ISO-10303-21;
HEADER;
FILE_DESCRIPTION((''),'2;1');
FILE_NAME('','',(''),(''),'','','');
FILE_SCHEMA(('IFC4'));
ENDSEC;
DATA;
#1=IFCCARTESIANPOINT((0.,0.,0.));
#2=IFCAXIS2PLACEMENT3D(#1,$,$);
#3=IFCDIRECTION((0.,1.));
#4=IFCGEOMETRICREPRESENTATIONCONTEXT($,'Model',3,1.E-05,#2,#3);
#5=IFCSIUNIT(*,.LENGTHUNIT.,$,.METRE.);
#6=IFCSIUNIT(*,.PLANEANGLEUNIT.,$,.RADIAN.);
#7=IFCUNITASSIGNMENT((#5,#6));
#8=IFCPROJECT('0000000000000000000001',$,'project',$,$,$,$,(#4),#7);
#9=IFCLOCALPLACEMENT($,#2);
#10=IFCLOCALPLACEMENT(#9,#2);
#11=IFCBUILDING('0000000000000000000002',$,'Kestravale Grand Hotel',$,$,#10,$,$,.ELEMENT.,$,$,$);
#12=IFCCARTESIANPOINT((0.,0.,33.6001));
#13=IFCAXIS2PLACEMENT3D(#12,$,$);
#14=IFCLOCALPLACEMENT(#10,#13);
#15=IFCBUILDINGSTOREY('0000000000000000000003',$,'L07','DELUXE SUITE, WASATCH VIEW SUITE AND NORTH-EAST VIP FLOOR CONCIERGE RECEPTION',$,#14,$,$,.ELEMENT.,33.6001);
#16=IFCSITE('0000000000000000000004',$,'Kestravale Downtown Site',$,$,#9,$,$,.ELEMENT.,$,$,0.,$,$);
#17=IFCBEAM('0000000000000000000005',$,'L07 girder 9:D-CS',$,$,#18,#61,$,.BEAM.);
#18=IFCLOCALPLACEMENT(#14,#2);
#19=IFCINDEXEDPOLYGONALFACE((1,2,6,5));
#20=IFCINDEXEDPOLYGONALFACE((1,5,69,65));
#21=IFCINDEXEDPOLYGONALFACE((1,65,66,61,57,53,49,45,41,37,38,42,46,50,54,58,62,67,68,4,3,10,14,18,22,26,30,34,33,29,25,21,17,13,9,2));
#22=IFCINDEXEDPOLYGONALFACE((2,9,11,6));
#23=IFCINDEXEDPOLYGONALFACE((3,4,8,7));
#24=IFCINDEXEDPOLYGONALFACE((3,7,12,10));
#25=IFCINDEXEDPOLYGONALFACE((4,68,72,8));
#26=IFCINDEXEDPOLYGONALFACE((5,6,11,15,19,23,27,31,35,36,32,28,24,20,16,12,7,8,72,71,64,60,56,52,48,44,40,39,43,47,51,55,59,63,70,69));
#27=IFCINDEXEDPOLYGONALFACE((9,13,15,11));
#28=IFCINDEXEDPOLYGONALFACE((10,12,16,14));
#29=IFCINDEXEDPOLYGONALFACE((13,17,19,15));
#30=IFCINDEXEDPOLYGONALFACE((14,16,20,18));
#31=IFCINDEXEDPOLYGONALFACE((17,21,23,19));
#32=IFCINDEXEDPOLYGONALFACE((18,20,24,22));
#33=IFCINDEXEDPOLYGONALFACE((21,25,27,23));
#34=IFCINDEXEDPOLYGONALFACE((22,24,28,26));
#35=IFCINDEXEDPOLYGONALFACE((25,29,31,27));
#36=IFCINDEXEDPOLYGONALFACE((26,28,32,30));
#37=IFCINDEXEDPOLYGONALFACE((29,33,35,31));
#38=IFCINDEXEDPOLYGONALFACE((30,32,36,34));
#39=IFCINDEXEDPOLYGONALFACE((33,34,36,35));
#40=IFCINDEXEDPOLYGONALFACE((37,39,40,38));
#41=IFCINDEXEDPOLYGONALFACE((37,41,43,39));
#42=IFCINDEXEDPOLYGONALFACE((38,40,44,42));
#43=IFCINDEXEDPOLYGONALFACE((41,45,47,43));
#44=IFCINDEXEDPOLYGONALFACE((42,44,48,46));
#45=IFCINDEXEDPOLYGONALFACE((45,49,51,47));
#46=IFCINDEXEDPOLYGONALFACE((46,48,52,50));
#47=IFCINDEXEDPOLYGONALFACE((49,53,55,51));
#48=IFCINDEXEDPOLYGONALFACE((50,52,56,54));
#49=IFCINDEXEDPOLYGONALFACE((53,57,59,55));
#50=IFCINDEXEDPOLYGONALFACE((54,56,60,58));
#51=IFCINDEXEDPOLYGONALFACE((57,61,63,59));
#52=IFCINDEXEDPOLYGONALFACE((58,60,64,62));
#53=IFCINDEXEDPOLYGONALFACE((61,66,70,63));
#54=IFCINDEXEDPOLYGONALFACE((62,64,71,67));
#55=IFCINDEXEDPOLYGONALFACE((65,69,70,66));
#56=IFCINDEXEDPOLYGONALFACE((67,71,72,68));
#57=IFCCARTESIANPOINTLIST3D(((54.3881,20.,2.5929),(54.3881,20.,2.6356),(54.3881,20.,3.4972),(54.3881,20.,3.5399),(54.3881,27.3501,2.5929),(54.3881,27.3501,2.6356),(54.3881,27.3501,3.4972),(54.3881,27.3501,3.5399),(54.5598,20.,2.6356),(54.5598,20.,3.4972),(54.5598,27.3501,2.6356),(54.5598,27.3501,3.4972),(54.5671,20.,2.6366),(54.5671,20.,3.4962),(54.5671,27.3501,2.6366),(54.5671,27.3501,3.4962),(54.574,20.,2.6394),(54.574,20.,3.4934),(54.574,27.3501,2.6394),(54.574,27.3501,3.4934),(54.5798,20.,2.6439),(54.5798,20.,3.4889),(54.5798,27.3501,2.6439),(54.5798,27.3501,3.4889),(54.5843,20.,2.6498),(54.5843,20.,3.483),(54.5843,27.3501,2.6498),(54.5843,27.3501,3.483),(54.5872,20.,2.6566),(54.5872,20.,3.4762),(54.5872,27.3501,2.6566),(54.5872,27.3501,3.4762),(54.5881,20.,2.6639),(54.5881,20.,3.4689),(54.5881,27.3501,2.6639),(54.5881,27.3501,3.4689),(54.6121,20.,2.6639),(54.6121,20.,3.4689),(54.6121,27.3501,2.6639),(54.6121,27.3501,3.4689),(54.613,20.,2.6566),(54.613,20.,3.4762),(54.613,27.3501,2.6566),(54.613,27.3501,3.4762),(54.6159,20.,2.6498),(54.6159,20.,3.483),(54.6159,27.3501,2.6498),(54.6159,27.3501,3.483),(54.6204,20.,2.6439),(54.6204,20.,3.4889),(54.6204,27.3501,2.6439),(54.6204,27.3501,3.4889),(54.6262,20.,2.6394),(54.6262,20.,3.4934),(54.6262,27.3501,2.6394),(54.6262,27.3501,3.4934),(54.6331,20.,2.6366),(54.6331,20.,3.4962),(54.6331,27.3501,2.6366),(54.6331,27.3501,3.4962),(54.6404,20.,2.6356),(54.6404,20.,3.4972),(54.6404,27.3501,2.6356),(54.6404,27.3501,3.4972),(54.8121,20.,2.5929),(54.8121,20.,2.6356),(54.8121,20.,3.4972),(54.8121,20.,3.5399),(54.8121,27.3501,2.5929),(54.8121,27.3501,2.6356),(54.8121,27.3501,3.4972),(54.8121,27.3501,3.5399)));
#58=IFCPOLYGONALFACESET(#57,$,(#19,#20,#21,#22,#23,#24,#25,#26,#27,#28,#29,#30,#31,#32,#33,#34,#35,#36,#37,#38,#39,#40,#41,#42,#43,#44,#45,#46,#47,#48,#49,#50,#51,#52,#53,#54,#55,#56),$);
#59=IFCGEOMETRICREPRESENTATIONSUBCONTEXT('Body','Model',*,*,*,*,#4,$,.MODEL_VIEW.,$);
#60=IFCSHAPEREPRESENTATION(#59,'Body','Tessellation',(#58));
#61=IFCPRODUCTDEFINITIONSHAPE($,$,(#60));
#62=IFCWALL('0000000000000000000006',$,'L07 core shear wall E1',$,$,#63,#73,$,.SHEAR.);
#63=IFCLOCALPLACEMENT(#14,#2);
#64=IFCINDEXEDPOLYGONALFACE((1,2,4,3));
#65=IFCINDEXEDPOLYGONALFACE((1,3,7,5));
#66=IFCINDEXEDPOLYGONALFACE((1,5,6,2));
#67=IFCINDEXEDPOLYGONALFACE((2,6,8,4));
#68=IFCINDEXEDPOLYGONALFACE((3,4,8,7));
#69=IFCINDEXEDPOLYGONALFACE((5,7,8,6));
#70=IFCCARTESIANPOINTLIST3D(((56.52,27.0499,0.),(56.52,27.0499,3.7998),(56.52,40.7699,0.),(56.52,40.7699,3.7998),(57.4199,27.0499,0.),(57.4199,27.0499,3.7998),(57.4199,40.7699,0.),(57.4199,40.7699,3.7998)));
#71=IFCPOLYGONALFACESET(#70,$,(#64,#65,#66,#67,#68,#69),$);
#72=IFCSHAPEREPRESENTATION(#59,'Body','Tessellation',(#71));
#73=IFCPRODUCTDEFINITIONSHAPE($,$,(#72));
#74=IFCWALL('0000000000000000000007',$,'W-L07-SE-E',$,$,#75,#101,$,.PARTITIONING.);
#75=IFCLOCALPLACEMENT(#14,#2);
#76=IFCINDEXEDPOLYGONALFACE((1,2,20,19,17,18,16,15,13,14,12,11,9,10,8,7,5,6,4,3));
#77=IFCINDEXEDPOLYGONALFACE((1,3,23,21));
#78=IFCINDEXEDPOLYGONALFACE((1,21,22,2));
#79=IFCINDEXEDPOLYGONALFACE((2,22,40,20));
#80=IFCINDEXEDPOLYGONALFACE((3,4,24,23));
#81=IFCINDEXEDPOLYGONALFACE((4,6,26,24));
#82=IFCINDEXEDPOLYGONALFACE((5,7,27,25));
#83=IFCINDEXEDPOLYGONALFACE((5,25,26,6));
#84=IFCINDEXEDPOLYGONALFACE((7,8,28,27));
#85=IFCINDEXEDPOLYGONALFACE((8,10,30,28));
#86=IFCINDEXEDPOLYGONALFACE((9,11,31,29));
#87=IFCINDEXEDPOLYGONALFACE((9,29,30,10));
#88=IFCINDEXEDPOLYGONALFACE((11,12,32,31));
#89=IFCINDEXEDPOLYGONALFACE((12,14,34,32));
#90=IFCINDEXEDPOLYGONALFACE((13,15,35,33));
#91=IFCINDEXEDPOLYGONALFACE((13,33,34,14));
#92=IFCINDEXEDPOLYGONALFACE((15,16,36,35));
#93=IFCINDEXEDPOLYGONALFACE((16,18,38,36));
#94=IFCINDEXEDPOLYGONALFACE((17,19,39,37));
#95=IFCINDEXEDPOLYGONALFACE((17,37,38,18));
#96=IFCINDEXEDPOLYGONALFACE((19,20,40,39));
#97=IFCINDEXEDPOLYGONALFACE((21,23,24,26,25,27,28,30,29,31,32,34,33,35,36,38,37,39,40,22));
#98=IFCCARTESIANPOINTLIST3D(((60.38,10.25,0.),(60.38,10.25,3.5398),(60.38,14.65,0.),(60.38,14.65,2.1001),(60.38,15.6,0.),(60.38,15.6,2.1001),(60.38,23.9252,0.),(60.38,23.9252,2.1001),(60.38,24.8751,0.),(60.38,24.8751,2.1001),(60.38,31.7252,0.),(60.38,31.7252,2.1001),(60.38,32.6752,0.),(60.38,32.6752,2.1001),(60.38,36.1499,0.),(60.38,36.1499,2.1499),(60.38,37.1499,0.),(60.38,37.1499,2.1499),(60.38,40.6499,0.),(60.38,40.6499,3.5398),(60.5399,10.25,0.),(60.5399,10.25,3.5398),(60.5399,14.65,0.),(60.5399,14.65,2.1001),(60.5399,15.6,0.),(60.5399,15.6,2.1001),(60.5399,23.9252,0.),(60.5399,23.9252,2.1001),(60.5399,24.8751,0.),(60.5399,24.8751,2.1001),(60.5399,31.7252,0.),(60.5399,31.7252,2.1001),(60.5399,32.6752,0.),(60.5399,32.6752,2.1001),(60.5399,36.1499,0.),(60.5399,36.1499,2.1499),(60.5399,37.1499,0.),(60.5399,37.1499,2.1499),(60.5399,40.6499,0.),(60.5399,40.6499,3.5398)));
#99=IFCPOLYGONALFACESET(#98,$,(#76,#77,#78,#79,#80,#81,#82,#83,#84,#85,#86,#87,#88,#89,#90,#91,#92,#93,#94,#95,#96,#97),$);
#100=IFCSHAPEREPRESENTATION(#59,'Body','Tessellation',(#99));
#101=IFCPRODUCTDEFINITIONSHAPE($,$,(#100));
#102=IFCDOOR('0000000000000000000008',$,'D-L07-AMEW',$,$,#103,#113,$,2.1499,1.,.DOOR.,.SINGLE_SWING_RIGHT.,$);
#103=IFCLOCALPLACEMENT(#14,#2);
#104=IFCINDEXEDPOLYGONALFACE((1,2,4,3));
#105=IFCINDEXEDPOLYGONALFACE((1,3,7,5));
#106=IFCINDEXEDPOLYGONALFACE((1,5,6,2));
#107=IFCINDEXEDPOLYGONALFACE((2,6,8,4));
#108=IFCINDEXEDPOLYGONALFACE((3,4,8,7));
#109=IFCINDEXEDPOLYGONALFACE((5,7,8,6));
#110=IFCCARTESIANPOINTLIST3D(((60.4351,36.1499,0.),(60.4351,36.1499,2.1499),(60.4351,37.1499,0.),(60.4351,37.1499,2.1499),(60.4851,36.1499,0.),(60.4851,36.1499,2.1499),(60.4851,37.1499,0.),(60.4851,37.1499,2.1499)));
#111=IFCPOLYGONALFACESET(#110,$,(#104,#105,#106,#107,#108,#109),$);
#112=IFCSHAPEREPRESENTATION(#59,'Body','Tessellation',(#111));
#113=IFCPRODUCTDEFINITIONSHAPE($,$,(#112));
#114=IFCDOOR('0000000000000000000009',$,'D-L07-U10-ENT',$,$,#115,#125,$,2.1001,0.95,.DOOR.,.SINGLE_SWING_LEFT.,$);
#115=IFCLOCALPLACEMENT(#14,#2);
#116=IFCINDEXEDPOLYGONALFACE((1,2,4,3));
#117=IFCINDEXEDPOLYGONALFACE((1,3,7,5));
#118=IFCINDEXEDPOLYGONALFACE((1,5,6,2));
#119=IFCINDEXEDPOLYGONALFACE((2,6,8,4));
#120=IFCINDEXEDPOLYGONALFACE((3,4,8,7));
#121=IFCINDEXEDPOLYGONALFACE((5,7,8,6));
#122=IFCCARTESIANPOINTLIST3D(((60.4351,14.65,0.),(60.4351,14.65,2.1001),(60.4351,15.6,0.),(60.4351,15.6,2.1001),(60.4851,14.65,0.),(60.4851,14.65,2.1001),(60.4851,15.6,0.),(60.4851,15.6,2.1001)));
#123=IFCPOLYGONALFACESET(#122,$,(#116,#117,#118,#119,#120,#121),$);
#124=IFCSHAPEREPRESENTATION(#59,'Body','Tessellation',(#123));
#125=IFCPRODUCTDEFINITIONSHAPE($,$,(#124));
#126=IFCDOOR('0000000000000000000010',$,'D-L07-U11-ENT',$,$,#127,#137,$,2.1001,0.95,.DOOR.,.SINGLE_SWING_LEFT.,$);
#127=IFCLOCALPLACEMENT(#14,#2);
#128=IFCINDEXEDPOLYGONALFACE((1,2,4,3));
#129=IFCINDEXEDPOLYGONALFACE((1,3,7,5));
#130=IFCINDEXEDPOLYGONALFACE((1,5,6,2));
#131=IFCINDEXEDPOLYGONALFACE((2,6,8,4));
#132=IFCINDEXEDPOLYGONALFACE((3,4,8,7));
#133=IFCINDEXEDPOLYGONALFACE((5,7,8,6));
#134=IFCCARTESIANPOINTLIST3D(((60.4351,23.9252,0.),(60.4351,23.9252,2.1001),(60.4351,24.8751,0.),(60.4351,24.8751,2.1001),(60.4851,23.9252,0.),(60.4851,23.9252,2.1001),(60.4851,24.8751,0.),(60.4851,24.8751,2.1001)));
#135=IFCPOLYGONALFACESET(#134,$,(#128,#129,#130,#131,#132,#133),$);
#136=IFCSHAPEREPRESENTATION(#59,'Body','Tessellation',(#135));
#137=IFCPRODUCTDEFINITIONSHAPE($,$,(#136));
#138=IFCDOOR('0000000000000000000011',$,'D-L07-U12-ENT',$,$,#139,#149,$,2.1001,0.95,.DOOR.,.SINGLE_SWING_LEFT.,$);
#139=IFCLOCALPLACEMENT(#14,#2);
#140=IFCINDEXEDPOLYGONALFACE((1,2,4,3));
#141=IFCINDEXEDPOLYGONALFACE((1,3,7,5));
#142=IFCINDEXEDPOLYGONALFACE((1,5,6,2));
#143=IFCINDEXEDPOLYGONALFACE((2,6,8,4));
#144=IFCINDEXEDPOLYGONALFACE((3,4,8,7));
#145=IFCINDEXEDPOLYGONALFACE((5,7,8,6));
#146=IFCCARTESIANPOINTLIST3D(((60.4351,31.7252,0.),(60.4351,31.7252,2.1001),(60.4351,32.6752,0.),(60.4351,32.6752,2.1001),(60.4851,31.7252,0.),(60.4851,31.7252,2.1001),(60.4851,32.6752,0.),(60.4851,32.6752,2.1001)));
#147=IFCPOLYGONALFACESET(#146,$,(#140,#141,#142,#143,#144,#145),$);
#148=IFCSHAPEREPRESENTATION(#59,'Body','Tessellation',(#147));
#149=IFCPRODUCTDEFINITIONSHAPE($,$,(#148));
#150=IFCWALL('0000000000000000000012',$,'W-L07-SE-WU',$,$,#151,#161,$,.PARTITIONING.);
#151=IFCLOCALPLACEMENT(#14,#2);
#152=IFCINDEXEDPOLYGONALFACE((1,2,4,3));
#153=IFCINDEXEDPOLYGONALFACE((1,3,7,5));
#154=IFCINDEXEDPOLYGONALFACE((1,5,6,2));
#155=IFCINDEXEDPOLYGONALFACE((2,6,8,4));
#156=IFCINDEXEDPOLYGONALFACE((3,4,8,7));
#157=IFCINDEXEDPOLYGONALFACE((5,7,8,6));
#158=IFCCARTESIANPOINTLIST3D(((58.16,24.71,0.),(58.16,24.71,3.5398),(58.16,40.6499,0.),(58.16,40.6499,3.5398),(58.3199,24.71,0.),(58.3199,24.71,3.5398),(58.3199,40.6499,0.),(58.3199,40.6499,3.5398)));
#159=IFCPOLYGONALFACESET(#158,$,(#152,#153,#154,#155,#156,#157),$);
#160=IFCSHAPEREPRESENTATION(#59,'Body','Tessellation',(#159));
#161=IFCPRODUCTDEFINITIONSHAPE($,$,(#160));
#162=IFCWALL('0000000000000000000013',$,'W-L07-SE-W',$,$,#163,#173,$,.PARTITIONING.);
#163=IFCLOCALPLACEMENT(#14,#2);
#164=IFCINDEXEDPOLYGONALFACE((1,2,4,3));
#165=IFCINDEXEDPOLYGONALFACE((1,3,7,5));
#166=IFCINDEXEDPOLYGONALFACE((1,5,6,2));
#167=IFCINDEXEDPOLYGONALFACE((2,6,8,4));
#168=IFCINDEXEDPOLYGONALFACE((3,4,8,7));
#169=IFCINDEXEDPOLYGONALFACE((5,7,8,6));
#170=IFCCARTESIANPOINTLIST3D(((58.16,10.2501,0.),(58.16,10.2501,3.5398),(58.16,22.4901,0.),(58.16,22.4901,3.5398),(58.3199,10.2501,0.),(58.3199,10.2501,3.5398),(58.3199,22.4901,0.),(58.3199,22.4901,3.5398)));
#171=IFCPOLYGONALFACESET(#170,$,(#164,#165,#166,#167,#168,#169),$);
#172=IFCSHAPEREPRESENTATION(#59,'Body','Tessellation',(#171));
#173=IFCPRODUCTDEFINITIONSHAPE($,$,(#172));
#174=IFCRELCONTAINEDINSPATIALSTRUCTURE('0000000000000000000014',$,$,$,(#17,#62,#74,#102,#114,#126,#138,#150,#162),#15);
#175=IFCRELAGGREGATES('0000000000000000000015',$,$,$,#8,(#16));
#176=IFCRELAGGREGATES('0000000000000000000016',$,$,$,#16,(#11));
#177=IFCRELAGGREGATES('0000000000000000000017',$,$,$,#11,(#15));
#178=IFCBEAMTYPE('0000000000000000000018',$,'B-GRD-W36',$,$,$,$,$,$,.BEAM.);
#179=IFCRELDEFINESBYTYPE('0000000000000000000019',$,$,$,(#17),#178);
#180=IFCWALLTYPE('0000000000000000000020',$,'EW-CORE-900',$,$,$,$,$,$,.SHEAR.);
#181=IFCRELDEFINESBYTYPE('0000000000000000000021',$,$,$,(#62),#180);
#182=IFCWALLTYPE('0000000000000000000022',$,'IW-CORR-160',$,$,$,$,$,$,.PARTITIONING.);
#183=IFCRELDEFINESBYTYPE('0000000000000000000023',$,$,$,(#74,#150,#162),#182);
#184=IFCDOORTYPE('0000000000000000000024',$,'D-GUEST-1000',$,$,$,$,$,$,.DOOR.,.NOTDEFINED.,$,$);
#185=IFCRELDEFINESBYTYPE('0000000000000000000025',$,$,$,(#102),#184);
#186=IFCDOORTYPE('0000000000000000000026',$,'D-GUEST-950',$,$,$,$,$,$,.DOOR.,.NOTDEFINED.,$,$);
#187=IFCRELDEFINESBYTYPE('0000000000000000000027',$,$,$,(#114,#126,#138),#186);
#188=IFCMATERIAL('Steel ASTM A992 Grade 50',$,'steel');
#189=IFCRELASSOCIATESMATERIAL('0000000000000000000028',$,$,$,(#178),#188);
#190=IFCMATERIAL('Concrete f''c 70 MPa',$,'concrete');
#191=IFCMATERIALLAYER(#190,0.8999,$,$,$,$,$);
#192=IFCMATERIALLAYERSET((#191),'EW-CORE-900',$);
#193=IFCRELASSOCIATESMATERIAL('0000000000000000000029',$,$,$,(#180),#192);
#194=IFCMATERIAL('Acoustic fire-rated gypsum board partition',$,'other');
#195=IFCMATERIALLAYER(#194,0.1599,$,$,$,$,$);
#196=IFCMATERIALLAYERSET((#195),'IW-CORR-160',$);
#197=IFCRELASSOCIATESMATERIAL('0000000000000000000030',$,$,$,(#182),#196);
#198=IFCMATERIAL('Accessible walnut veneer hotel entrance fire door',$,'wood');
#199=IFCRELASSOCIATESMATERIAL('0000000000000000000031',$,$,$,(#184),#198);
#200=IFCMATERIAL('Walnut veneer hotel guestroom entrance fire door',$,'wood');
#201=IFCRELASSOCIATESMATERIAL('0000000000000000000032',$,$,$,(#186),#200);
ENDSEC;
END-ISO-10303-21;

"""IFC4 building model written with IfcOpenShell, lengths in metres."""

from ifc_helpers import new_model, si_unit, direction, frame, frame_2d, origin, origin_2d, place, context, subcontext, project, spatial, rectangle, i_section, extrude, material, layer, layer_set, material_profile, profile_set, type_object, element, fill, save


model = new_model("IFC4")

# Units and contexts
model_context = context("Model", 3, precision=1e-05, world=origin(), true_north=direction((0.0, 1.0)))
body_context = subcontext(model_context, "Body", "Model", "MODEL_VIEW")
ifc_project = project(units=[si_unit("LENGTHUNIT", "METRE"), si_unit("PLANEANGLEUNIT", "RADIAN")], contexts=[model_context])

# Site, building, storey
site_placement = place(None, origin())
site = spatial("IfcSite", under=ifc_project, at=site_placement, Name="Kestravale Downtown Site", CompositionType="ELEMENT", RefElevation=0.0)
building_placement = place(site_placement, origin())
building = spatial("IfcBuilding", under=site, at=building_placement, Name="Kestravale Grand Hotel", CompositionType="ELEMENT")
storey_placement = place(building_placement, frame((0.0, 0.0, 33.6001)))
storey = spatial("IfcBuildingStorey", under=building, at=storey_placement, Name="L07", Description="DELUXE SUITE, WASATCH VIEW SUITE AND NORTH-EAST VIP FLOOR CONCIERGE RECEPTION", CompositionType="ELEMENT", Elevation=33.6001)

# Beam
ifc_material_1 = material(Name="Steel ASTM A992 Grade 50", Category="steel")
ifc_material_profile_1 = material_profile(ifc_material_1, i_section(OverallWidth=0.4241, OverallDepth=0.947, WebThickness=0.0239, FlangeThickness=0.0427, FilletRadius=0.0283, at=origin_2d()))
ifc_profile_set_1 = profile_set([ifc_material_profile_1], Name="Steel ASTM A992 Grade 50")
beam_type_1 = type_object("IfcBeamType", Name="B-GRD-W36", PredefinedType="BEAM", material=ifc_profile_set_1)
beam_1_placement = place(storey_placement, frame((54.6001, 20.0, 3.0664), z_axis=(0.0, 1.0, 0.0), x_axis=(-1.0, 0.0, 0.0)))
element("IfcBeam", 1, at=beam_1_placement, inside=storey, type_object=beam_type_1, Name="L07 girder 9:D-CS", PredefinedType="BEAM", context=body_context, shape_type="SweptSolid", body=[
    extrude(i_section(OverallWidth=0.4241, OverallDepth=0.947, WebThickness=0.0239, FlangeThickness=0.0427, FilletRadius=0.0283, at=origin_2d()), origin(), (0.0, 0.0, 1.0), 7.3501),
])

# Wall
ifc_material_2 = material(Name="Concrete f'c 70 MPa", Category="concrete")
ifc_layer_1 = layer(ifc_material_2, 0.8999)
ifc_layer_set_1 = layer_set([ifc_layer_1], Name="EW-CORE-900")
wall_type_1 = type_object("IfcWallType", Name="EW-CORE-900", PredefinedType="SHEAR", material=ifc_layer_set_1)
wall_1_placement = place(storey_placement, frame((56.97, 27.05, 0.0), z_axis=(0.0, 0.0, 1.0), x_axis=(0.0, 1.0, 0.0)))
element("IfcWall", 2, at=wall_1_placement, inside=storey, type_object=wall_type_1, Name="L07 core shear wall E1", PredefinedType="SHEAR", context=body_context, shape_type="SweptSolid", body=[
    extrude(rectangle(XDim=13.72, YDim=0.8999, at=frame_2d((6.8599, 0.0))), origin(), (0.0, 0.0, 1.0), 3.7998),
])

# Wall, openings, doors
ifc_material_3 = material(Name="Acoustic fire-rated gypsum board partition", Category="other")
ifc_layer_2 = layer(ifc_material_3, 0.1599)
ifc_layer_set_2 = layer_set([ifc_layer_2], Name="IW-CORR-160")
wall_type_2 = type_object("IfcWallType", Name="IW-CORR-160", PredefinedType="PARTITIONING", material=ifc_layer_set_2)
wall_2_placement = place(storey_placement, frame((60.46, 10.25, 0.0), z_axis=(0.0, 0.0, 1.0), x_axis=(0.0, 1.0, 0.0)))
wall_2 = element("IfcWall", 3, at=wall_2_placement, inside=storey, type_object=wall_type_2, Name="W-L07-SE-E", PredefinedType="PARTITIONING", context=body_context, shape_type="SweptSolid", body=[
    extrude(rectangle(XDim=30.3999, YDim=0.1599, at=frame_2d((15.2, 0.0))), origin(), (0.0, 0.0, 1.0), 3.5398),
])
opening_1_placement = place(wall_2_placement, frame((4.3999, 0.0, 0.0)))
opening_1 = element("IfcOpeningElement", 4, at=opening_1_placement, cuts=wall_2, PredefinedType="OPENING", context=body_context, shape_type="SweptSolid", body=[
    extrude(rectangle(XDim=0.95, YDim=2.1001, at=frame_2d((0.4751, 1.05))), frame((0.0, 0.0898, 0.0), z_axis=(0.0, -1.0, 0.0), x_axis=(1.0, 0.0, 0.0)), (0.0, 0.0, 1.0), 0.1799),
])
opening_2_placement = place(wall_2_placement, frame((13.675, 0.0, 0.0)))
opening_2 = element("IfcOpeningElement", 5, at=opening_2_placement, cuts=wall_2, PredefinedType="OPENING", context=body_context, shape_type="SweptSolid", body=[
    extrude(rectangle(XDim=0.95, YDim=2.1001, at=frame_2d((0.4751, 1.05))), frame((0.0, 0.0898, 0.0), z_axis=(0.0, -1.0, 0.0), x_axis=(1.0, 0.0, 0.0)), (0.0, 0.0, 1.0), 0.1799),
])
opening_3_placement = place(wall_2_placement, frame((21.4751, 0.0, 0.0)))
opening_3 = element("IfcOpeningElement", 6, at=opening_3_placement, cuts=wall_2, PredefinedType="OPENING", context=body_context, shape_type="SweptSolid", body=[
    extrude(rectangle(XDim=0.95, YDim=2.1001, at=frame_2d((0.4751, 1.05))), frame((0.0, 0.0898, 0.0), z_axis=(0.0, -1.0, 0.0), x_axis=(1.0, 0.0, 0.0)), (0.0, 0.0, 1.0), 0.1799),
])
opening_4_placement = place(wall_2_placement, frame((25.8999, 0.0, 0.0)))
opening_4 = element("IfcOpeningElement", 7, at=opening_4_placement, cuts=wall_2, PredefinedType="OPENING", context=body_context, shape_type="SweptSolid", body=[
    extrude(rectangle(XDim=1.0, YDim=2.1499, at=frame_2d((0.5, 1.075))), frame((0.0, 0.0898, 0.0), z_axis=(0.0, -1.0, 0.0), x_axis=(1.0, 0.0, 0.0)), (0.0, 0.0, 1.0), 0.1799),
])
ifc_material_4 = material(Name="Accessible walnut veneer hotel entrance fire door", Category="wood")
door_type_1 = type_object("IfcDoorType", Name="D-GUEST-1000", OperationType="NOTDEFINED", PredefinedType="DOOR", material=ifc_material_4)
door_1_placement = place(opening_4_placement, origin())
door_1 = element("IfcDoor", 8, at=door_1_placement, inside=storey, type_object=door_type_1, Name="D-L07-AMEW", OperationType="SINGLE_SWING_RIGHT", OverallHeight=2.1499, OverallWidth=1.0, PredefinedType="DOOR", context=body_context, shape_type="SweptSolid", body=[
    extrude(rectangle(XDim=1.0, YDim=2.1499, at=frame_2d((0.5, 1.075))), frame((0.0, 0.0249, 0.0), z_axis=(0.0, -1.0, 0.0), x_axis=(1.0, 0.0, 0.0)), (0.0, 0.0, 1.0), 0.05),
])
fill(opening_4, door_1)
ifc_material_5 = material(Name="Walnut veneer hotel guestroom entrance fire door", Category="wood")
door_type_2 = type_object("IfcDoorType", Name="D-GUEST-950", OperationType="NOTDEFINED", PredefinedType="DOOR", material=ifc_material_5)
door_2_placement = place(opening_1_placement, origin())
door_2 = element("IfcDoor", 9, at=door_2_placement, inside=storey, type_object=door_type_2, Name="D-L07-U10-ENT", OperationType="SINGLE_SWING_LEFT", OverallHeight=2.1001, OverallWidth=0.95, PredefinedType="DOOR", context=body_context, shape_type="SweptSolid", body=[
    extrude(rectangle(XDim=0.95, YDim=2.1001, at=frame_2d((0.4751, 1.05))), frame((0.0, 0.0249, 0.0), z_axis=(0.0, -1.0, 0.0), x_axis=(1.0, 0.0, 0.0)), (0.0, 0.0, 1.0), 0.05),
])
fill(opening_1, door_2)
door_3_placement = place(opening_2_placement, origin())
door_3 = element("IfcDoor", 10, at=door_3_placement, inside=storey, type_object=door_type_2, Name="D-L07-U11-ENT", OperationType="SINGLE_SWING_LEFT", OverallHeight=2.1001, OverallWidth=0.95, PredefinedType="DOOR", context=body_context, shape_type="SweptSolid", body=[
    extrude(rectangle(XDim=0.95, YDim=2.1001, at=frame_2d((0.4751, 1.05))), frame((0.0, 0.0249, 0.0), z_axis=(0.0, -1.0, 0.0), x_axis=(1.0, 0.0, 0.0)), (0.0, 0.0, 1.0), 0.05),
])
fill(opening_2, door_3)
door_4_placement = place(opening_3_placement, origin())
door_4 = element("IfcDoor", 11, at=door_4_placement, inside=storey, type_object=door_type_2, Name="D-L07-U12-ENT", OperationType="SINGLE_SWING_LEFT", OverallHeight=2.1001, OverallWidth=0.95, PredefinedType="DOOR", context=body_context, shape_type="SweptSolid", body=[
    extrude(rectangle(XDim=0.95, YDim=2.1001, at=frame_2d((0.4751, 1.05))), frame((0.0, 0.0249, 0.0), z_axis=(0.0, -1.0, 0.0), x_axis=(1.0, 0.0, 0.0)), (0.0, 0.0, 1.0), 0.05),
])
fill(opening_3, door_4)

# Walls
wall_3_placement = place(storey_placement, frame((58.24, 24.71, 0.0), z_axis=(0.0, 0.0, 1.0), x_axis=(0.0, 1.0, 0.0)))
element("IfcWall", 12, at=wall_3_placement, inside=storey, type_object=wall_type_2, Name="W-L07-SE-WU", PredefinedType="PARTITIONING", context=body_context, shape_type="SweptSolid", body=[
    extrude(rectangle(XDim=15.9399, YDim=0.1599, at=frame_2d((7.97, 0.0))), origin(), (0.0, 0.0, 1.0), 3.5398),
])
wall_4_placement = place(storey_placement, frame((58.24, 10.25, 0.0), z_axis=(0.0, 0.0, 1.0), x_axis=(0.0, 1.0, 0.0)))
element("IfcWall", 13, at=wall_4_placement, inside=storey, type_object=wall_type_2, Name="W-L07-SE-W", PredefinedType="PARTITIONING", context=body_context, shape_type="SweptSolid", body=[
    extrude(rectangle(XDim=12.24, YDim=0.1599, at=frame_2d((6.1201, 0.0))), origin(), (0.0, 0.0, 1.0), 3.5398),
])

save(model, "model.ifc")
